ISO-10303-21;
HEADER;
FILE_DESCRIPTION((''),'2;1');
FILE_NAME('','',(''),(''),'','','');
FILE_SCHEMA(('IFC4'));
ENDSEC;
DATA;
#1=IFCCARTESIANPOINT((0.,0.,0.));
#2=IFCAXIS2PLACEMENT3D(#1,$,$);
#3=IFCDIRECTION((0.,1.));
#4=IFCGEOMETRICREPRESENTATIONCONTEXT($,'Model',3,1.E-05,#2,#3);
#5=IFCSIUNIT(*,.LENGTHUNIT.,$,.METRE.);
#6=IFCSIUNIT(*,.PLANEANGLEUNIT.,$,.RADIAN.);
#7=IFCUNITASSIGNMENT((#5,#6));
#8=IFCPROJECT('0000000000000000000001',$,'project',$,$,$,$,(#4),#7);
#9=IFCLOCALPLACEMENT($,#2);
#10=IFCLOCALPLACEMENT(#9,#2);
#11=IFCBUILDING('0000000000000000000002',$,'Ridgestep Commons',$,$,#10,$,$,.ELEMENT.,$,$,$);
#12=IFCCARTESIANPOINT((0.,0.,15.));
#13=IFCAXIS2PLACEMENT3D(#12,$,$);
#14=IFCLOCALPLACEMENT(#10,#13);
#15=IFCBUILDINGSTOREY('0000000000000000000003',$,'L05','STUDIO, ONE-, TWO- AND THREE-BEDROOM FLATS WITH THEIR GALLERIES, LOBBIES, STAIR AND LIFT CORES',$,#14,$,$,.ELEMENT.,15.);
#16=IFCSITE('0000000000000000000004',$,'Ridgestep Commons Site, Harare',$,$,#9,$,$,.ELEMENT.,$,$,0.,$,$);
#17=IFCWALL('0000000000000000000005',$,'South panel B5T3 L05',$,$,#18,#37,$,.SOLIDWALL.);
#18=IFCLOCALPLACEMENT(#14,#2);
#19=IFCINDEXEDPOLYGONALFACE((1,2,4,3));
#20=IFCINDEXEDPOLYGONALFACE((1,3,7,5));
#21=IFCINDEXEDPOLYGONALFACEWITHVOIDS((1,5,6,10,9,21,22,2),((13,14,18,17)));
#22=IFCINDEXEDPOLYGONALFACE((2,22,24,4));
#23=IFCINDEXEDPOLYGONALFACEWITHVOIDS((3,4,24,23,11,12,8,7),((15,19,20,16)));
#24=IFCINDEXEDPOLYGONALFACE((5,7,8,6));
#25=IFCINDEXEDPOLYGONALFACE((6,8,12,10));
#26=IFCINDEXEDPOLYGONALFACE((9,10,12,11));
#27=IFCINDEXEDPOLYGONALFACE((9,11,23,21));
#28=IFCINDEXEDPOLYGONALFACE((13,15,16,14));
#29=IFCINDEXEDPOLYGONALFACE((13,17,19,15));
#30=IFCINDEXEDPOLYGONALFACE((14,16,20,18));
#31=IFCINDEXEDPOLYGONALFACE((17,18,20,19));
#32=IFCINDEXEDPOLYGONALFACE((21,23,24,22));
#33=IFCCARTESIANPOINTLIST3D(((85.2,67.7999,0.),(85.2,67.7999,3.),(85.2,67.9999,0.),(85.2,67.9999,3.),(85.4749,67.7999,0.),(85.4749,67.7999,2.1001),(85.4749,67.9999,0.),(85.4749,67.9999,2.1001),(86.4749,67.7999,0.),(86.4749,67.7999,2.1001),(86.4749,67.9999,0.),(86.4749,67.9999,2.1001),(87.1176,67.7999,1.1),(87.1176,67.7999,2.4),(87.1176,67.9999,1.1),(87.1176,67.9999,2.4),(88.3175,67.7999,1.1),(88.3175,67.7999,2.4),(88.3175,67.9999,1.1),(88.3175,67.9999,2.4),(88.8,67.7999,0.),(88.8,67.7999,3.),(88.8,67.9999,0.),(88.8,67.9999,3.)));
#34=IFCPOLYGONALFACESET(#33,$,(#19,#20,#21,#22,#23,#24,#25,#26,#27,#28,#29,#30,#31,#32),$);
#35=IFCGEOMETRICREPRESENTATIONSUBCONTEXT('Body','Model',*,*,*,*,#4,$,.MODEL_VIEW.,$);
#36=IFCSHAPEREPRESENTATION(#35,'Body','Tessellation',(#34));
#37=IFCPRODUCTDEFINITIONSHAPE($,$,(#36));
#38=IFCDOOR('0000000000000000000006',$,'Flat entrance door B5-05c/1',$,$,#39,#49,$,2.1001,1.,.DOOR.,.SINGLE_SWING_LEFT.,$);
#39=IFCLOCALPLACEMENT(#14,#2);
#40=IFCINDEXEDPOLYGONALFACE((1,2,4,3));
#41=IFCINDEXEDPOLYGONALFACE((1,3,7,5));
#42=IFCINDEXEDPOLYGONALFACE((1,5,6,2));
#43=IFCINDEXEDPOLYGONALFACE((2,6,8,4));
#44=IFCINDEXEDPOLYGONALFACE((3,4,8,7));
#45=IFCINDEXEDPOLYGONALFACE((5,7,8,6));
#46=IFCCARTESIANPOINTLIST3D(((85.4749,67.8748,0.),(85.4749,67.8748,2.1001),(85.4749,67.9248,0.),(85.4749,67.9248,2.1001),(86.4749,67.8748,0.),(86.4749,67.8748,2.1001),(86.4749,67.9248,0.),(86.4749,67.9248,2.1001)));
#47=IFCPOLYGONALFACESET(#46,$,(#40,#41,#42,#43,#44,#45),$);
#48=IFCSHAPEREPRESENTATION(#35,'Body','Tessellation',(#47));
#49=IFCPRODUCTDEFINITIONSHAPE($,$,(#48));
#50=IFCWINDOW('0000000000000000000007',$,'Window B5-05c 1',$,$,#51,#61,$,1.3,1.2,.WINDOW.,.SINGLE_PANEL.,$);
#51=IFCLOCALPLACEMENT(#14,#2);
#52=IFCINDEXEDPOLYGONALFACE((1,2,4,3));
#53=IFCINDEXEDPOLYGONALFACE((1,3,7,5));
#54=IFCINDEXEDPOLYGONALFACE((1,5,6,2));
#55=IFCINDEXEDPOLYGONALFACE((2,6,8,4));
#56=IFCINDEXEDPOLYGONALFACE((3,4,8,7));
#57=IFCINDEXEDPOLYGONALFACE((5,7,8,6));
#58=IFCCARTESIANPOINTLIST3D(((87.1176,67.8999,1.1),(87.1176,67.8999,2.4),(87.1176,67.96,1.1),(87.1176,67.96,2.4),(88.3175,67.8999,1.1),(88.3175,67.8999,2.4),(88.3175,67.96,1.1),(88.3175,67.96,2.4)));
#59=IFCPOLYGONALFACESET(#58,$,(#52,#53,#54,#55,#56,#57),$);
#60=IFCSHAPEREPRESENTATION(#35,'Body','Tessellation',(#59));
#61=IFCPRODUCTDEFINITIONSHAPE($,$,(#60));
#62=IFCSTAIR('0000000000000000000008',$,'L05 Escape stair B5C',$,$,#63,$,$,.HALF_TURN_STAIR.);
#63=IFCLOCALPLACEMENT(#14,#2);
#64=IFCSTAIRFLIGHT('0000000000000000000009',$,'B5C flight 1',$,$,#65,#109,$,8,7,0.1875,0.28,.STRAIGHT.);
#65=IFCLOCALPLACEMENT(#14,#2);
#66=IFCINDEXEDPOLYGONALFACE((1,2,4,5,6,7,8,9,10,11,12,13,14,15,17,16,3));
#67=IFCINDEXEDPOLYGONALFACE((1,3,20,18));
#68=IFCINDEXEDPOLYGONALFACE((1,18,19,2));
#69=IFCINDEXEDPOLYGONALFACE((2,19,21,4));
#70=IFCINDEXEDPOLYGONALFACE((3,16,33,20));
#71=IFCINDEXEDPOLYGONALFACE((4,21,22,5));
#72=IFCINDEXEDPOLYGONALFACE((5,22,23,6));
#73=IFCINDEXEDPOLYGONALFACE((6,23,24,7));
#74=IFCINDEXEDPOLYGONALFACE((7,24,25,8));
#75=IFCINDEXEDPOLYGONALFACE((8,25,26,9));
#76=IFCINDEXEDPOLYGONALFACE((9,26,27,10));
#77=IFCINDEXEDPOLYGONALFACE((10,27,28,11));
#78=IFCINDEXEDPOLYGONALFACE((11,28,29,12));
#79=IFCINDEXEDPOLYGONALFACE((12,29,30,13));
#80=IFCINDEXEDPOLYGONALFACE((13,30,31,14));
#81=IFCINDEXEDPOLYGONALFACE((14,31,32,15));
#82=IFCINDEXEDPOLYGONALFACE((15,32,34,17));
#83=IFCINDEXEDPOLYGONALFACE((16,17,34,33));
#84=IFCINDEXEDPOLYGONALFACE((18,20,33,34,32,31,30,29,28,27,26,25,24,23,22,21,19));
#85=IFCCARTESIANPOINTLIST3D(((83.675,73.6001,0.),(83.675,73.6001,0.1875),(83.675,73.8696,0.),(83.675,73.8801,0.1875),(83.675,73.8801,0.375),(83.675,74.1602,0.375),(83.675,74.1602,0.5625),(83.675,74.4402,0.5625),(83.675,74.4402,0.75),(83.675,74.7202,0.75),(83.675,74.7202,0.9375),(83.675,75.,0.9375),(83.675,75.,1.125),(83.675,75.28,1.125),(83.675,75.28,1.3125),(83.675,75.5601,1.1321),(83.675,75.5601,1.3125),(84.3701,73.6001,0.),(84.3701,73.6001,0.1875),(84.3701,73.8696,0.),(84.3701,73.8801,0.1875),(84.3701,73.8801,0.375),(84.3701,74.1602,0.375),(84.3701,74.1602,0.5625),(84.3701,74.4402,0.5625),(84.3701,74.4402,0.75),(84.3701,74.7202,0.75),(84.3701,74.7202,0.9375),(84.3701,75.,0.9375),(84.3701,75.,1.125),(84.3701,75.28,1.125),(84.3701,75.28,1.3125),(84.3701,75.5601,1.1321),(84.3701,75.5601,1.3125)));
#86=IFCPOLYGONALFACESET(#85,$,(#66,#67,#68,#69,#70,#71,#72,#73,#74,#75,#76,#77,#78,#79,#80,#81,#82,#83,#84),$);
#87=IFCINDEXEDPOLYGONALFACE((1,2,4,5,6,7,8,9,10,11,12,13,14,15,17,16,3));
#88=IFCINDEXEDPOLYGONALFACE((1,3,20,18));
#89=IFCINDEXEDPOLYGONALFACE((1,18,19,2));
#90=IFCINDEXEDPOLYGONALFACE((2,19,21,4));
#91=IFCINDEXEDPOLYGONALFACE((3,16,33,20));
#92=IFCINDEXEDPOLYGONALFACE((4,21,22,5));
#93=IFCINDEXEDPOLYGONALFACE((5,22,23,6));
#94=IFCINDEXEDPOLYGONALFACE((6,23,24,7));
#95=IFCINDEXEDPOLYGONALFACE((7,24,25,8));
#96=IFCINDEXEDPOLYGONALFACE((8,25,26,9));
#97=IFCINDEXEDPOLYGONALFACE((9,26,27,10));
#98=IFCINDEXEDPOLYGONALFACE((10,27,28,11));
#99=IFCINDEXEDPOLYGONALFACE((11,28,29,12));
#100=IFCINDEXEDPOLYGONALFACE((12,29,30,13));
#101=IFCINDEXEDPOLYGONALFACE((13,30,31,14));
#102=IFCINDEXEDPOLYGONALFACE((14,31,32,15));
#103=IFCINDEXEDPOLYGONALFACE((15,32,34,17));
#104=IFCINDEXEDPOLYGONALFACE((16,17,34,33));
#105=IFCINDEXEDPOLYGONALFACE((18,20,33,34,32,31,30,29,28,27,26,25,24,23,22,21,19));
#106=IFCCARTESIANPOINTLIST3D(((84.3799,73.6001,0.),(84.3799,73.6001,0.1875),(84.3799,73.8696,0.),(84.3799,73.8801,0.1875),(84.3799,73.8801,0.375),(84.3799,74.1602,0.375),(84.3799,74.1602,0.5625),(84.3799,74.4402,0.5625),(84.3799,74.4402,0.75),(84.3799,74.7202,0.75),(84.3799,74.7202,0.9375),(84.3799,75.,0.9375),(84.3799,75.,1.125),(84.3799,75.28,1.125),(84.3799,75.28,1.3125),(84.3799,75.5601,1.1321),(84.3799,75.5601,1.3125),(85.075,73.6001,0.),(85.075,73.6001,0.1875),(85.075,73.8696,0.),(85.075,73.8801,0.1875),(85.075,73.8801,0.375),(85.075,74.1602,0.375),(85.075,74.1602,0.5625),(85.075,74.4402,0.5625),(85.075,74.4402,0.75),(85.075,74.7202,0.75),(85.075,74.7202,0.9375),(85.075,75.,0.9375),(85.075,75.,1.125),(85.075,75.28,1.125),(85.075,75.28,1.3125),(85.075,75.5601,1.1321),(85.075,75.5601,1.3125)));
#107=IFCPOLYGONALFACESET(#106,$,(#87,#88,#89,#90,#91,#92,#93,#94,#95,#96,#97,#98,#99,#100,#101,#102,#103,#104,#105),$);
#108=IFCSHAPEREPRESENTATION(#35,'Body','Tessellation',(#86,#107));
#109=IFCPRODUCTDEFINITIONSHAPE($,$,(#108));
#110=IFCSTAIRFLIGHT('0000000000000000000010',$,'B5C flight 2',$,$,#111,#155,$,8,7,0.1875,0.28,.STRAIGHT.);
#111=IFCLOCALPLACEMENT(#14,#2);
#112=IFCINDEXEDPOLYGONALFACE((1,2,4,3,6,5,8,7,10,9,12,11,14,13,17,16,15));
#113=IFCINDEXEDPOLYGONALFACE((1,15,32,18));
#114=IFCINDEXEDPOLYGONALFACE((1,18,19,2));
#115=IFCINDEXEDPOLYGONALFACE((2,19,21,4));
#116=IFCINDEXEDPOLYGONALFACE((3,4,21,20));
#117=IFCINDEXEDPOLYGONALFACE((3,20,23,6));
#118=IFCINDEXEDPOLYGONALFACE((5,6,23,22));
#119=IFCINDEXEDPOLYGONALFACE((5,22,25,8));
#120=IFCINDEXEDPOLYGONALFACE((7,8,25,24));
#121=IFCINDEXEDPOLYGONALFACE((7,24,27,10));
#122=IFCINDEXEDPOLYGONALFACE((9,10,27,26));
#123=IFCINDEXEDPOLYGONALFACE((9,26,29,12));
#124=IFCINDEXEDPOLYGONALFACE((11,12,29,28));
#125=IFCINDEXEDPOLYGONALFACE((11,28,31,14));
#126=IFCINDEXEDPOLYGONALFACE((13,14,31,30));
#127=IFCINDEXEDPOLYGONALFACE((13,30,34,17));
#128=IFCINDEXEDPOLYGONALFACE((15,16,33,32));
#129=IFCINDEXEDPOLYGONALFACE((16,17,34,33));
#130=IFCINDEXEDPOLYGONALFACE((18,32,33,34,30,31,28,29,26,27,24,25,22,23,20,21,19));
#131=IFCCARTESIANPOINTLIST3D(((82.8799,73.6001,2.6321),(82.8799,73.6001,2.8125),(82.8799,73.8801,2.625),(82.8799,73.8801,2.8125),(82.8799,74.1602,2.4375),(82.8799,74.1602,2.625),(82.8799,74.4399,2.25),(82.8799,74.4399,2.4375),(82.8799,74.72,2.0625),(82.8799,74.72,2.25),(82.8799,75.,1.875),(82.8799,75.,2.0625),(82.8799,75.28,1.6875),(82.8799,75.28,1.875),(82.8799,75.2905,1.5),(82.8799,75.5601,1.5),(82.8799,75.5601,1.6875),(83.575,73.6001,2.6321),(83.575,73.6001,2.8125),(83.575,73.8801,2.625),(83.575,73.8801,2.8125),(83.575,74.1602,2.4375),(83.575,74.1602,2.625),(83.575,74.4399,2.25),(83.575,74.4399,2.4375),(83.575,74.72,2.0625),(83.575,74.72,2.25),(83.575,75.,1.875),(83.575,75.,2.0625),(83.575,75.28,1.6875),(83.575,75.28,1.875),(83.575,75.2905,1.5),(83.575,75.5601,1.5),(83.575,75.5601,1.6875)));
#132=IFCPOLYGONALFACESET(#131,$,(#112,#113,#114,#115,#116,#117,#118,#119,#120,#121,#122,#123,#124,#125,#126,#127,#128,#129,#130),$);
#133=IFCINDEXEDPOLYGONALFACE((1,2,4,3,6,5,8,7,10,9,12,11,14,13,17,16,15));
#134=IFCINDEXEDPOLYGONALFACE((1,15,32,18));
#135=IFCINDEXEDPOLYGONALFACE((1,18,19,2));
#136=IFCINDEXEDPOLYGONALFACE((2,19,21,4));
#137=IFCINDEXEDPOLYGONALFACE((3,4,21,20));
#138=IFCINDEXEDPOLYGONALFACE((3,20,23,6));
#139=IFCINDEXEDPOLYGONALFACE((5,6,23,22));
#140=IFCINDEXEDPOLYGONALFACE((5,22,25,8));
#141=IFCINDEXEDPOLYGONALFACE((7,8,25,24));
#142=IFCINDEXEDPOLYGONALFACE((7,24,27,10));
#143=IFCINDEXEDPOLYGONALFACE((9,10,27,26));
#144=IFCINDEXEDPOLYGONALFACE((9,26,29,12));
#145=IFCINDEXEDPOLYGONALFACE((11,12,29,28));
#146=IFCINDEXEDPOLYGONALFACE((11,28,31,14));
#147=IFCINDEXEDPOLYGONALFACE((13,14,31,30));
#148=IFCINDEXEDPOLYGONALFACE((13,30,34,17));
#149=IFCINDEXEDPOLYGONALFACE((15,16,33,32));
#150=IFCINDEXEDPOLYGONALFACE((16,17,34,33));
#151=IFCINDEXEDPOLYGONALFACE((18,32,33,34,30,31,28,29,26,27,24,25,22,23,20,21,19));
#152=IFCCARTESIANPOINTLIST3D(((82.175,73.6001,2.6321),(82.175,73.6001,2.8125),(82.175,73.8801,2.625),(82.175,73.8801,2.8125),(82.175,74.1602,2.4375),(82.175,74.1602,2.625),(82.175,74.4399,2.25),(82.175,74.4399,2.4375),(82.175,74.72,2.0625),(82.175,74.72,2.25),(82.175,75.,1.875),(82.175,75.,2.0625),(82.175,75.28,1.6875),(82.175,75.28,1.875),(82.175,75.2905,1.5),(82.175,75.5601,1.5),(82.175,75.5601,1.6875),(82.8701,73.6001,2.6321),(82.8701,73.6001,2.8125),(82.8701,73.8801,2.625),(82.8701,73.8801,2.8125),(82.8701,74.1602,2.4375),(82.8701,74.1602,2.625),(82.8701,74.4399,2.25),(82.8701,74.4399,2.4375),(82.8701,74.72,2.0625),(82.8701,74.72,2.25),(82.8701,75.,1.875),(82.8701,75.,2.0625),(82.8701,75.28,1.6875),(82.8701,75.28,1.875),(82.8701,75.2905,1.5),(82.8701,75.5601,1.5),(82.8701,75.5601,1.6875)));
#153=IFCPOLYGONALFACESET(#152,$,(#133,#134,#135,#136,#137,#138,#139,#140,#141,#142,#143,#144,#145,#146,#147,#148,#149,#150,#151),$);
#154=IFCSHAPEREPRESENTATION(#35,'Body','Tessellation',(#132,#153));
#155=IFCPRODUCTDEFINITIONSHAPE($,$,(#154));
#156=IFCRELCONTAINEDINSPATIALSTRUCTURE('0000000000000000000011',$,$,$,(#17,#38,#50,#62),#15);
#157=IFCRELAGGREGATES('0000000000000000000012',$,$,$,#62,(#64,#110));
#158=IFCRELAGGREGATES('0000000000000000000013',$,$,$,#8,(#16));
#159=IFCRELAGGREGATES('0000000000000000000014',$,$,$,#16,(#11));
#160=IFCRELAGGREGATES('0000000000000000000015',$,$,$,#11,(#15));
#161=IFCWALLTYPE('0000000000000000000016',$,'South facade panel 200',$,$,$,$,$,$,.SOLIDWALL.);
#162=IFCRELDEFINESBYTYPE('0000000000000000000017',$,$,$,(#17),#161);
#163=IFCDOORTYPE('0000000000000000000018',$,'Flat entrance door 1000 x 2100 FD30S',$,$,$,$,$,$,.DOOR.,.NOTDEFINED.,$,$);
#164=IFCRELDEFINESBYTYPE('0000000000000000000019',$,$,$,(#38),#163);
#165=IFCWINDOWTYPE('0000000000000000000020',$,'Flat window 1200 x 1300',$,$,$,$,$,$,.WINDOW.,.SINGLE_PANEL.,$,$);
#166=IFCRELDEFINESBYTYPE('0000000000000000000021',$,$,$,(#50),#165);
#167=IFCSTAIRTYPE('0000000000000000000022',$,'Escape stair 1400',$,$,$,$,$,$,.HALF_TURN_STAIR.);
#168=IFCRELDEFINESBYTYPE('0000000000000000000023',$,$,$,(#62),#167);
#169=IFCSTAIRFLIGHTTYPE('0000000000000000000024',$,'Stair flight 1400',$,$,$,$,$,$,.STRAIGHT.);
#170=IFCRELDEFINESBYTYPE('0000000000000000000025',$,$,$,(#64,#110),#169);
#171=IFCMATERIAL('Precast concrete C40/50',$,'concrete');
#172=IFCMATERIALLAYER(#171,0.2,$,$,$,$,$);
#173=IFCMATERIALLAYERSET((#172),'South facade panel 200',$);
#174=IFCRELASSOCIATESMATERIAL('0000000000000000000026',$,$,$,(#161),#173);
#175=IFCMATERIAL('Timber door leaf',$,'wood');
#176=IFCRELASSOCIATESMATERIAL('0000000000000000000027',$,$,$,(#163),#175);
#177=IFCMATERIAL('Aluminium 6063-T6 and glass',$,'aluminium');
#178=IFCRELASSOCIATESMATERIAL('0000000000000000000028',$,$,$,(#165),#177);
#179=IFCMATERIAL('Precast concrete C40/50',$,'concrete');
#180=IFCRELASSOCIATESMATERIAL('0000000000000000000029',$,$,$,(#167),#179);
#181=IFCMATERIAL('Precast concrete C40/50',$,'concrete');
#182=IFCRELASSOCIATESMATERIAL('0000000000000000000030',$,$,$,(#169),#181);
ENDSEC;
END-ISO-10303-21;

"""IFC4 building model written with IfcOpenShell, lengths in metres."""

from ifc_helpers import new_model, si_unit, direction, frame, frame_2d, origin, place, context, subcontext, project, spatial, polyline, rectangle, outline, extrude, material, layer, layer_set, type_object, element, fill, aggregate, save


model = new_model("IFC4")

# Units and contexts
model_context = context("Model", 3, precision=1e-05, world=origin(), true_north=direction((0.0, 1.0)))
body_context = subcontext(model_context, "Body", "Model", "MODEL_VIEW")
ifc_project = project(units=[si_unit("LENGTHUNIT", "METRE"), si_unit("PLANEANGLEUNIT", "RADIAN")], contexts=[model_context])

# Site, building, storey
site_placement = place(None, origin())
site = spatial("IfcSite", under=ifc_project, at=site_placement, Name="Ridgestep Commons Site, Harare", CompositionType="ELEMENT", RefElevation=0.0)
building_placement = place(site_placement, origin())
building = spatial("IfcBuilding", under=site, at=building_placement, Name="Ridgestep Commons", CompositionType="ELEMENT")
storey_placement = place(building_placement, frame((0.0, 0.0, 15.0)))
storey = spatial("IfcBuildingStorey", under=building, at=storey_placement, Name="L05", Description="STUDIO, ONE-, TWO- AND THREE-BEDROOM FLATS WITH THEIR GALLERIES, LOBBIES, STAIR AND LIFT CORES", CompositionType="ELEMENT", Elevation=15.0)

# Wall, openings, door, window
ifc_material_1 = material(Name="Precast concrete C40/50", Category="concrete")
ifc_layer_1 = layer(ifc_material_1, 0.2)
ifc_layer_set_1 = layer_set([ifc_layer_1], Name="South facade panel 200")
wall_type_1 = type_object("IfcWallType", Name="South facade panel 200", PredefinedType="SOLIDWALL", material=ifc_layer_set_1)
wall_1_placement = place(storey_placement, frame((85.2, 67.8999, 0.0), z_axis=(0.0, 0.0, 1.0), x_axis=(1.0, 0.0, 0.0)))
wall_1 = element("IfcWall", 1, at=wall_1_placement, inside=storey, type_object=wall_type_1, Name="South panel B5T3 L05", PredefinedType="SOLIDWALL", context=body_context, shape_type="SweptSolid", body=[
    extrude(rectangle(XDim=3.6001, YDim=0.2, at=frame_2d((1.8, 0.0))), origin(), (0.0, 0.0, 1.0), 3.0),
])
opening_1_placement = place(wall_1_placement, frame((1.9175, 0.0, 1.1001)))
opening_1 = element("IfcOpeningElement", 2, at=opening_1_placement, cuts=wall_1, PredefinedType="OPENING", context=body_context, shape_type="SweptSolid", body=[
    extrude(rectangle(XDim=1.2, YDim=1.3, at=frame_2d((0.6001, 0.6499))), frame((0.0, 0.1099, 0.0), z_axis=(0.0, -1.0, 0.0), x_axis=(1.0, 0.0, 0.0)), (0.0, 0.0, 1.0), 0.22),
])
opening_2_placement = place(wall_1_placement, frame((0.2749, 0.0, 0.0)))
opening_2 = element("IfcOpeningElement", 3, at=opening_2_placement, cuts=wall_1, PredefinedType="OPENING", context=body_context, shape_type="SweptSolid", body=[
    extrude(rectangle(XDim=1.0, YDim=2.1001, at=frame_2d((0.5, 1.05))), frame((0.0, 0.1099, 0.0), z_axis=(0.0, -1.0, 0.0), x_axis=(1.0, 0.0, 0.0)), (0.0, 0.0, 1.0), 0.22),
])
ifc_material_2 = material(Name="Timber door leaf", Category="wood")
door_type_1 = type_object("IfcDoorType", Name="Flat entrance door 1000 x 2100 FD30S", OperationType="NOTDEFINED", PredefinedType="DOOR", material=ifc_material_2)
door_1_placement = place(opening_2_placement, origin())
door_1 = element("IfcDoor", 4, at=door_1_placement, inside=storey, type_object=door_type_1, Name="Flat entrance door B5-05c/1", OperationType="SINGLE_SWING_LEFT", OverallHeight=2.1001, OverallWidth=1.0, PredefinedType="DOOR", context=body_context, shape_type="SweptSolid", body=[
    extrude(rectangle(XDim=1.0, YDim=2.1001, at=frame_2d((0.5, 1.05))), frame((0.0, 0.0249, 0.0), z_axis=(0.0, -1.0, 0.0), x_axis=(1.0, 0.0, 0.0)), (0.0, 0.0, 1.0), 0.05),
])
fill(opening_2, door_1)
ifc_material_3 = material(Name="Aluminium 6063-T6 and glass", Category="aluminium")
window_type = type_object("IfcWindowType", Name="Flat window 1200 x 1300", PartitioningType="SINGLE_PANEL", PredefinedType="WINDOW", material=ifc_material_3)
window_placement = place(opening_1_placement, origin())
window = element("IfcWindow", 5, at=window_placement, inside=storey, type_object=window_type, Name="Window B5-05c 1", OverallHeight=1.3, OverallWidth=1.2, PartitioningType="SINGLE_PANEL", PredefinedType="WINDOW", context=body_context, shape_type="SweptSolid", body=[
    extrude(rectangle(XDim=1.2, YDim=1.3, at=frame_2d((0.6001, 0.6499))), frame((0.0, 0.0601, 0.0), z_axis=(0.0, -1.0, 0.0), x_axis=(1.0, 0.0, 0.0)), (0.0, 0.0, 1.0), 0.0601),
])
fill(opening_1, window)

# Stair, stair flights
ifc_material_4 = material(Name="Precast concrete C40/50", Category="concrete")
stair_type = type_object("IfcStairType", Name="Escape stair 1400", PredefinedType="HALF_TURN_STAIR", material=ifc_material_4)
stair_placement = place(storey_placement, origin())
stair = element("IfcStair", 6, at=stair_placement, inside=storey, type_object=stair_type, Name="L05 Escape stair B5C", PredefinedType="HALF_TURN_STAIR")
ifc_material_5 = material(Name="Precast concrete C40/50", Category="concrete")
stair_flight_type = type_object("IfcStairFlightType", Name="Stair flight 1400", PredefinedType="STRAIGHT", material=ifc_material_5)
stair_flight_1_placement = place(storey_placement, frame((84.375, 73.6001, 0.0), z_axis=(0.0, 0.0, 1.0), x_axis=(0.0, 1.0, 0.0)))
stair_flight_1 = element("IfcStairFlight", 7, at=stair_flight_1_placement, type_object=stair_flight_type, Name="B5C flight 1", NumberOfRisers=8, NumberOfTreads=7, PredefinedType="STRAIGHT", RiserHeight=0.1875, TreadLength=0.28, context=body_context, shape_type="SweptSolid", body=[
    extrude(outline(polyline([(0.0, 0.0), (0.0, 0.1875), (0.28, 0.1875), (0.28, 0.375), (0.5601, 0.375), (0.5601, 0.5625), (0.8401, 0.5625), (0.8401, 0.75), (1.1201, 0.75), (1.1201, 0.9375), (1.3999, 0.9375), (1.3999, 1.125), (1.6799, 1.125), (1.6799, 1.3125), (1.96, 1.3125), (1.96, 1.5), (1.96, 1.1321), (0.2695, 0.0), (0.0, 0.0)])), frame((0.0, 0.7, 0.0), z_axis=(0.0, -1.0, 0.0), x_axis=(1.0, 0.0, 0.0)), (0.0, 0.0, 1.0), 0.6951),
    extrude(outline(polyline([(0.0, 0.0), (0.0, 0.1875), (0.28, 0.1875), (0.28, 0.375), (0.5601, 0.375), (0.5601, 0.5625), (0.8401, 0.5625), (0.8401, 0.75), (1.1201, 0.75), (1.1201, 0.9375), (1.3999, 0.9375), (1.3999, 1.125), (1.6799, 1.125), (1.6799, 1.3125), (1.96, 1.3125), (1.96, 1.5), (1.96, 1.1321), (0.2695, 0.0), (0.0, 0.0)])), frame((0.0, -0.0049, 0.0), z_axis=(0.0, -1.0, 0.0), x_axis=(1.0, 0.0, 0.0)), (0.0, 0.0, 1.0), 0.6951),
])
stair_flight_2_placement = place(storey_placement, frame((82.875, 75.5601, 1.5), z_axis=(0.0, 0.0, 1.0), x_axis=(0.0, -1.0, 0.0)))
stair_flight_2 = element("IfcStairFlight", 8, at=stair_flight_2_placement, type_object=stair_flight_type, Name="B5C flight 2", NumberOfRisers=8, NumberOfTreads=7, PredefinedType="STRAIGHT", RiserHeight=0.1875, TreadLength=0.28, context=body_context, shape_type="SweptSolid", body=[
    extrude(outline(polyline([(0.0, 0.0), (0.0, 0.1875), (0.28, 0.1875), (0.28, 0.375), (0.5601, 0.375), (0.5601, 0.5625), (0.8401, 0.5625), (0.8401, 0.75), (1.1201, 0.75), (1.1201, 0.9375), (1.3999, 0.9375), (1.3999, 1.125), (1.6799, 1.125), (1.6799, 1.3125), (1.96, 1.3125), (1.96, 1.5), (1.96, 1.1321), (0.2695, 0.0), (0.0, 0.0)])), frame((0.0, 0.7, 0.0), z_axis=(0.0, -1.0, 0.0), x_axis=(1.0, 0.0, 0.0)), (0.0, 0.0, 1.0), 0.6951),
    extrude(outline(polyline([(0.0, 0.0), (0.0, 0.1875), (0.28, 0.1875), (0.28, 0.375), (0.5601, 0.375), (0.5601, 0.5625), (0.8401, 0.5625), (0.8401, 0.75), (1.1201, 0.75), (1.1201, 0.9375), (1.3999, 0.9375), (1.3999, 1.125), (1.6799, 1.125), (1.6799, 1.3125), (1.96, 1.3125), (1.96, 1.5), (1.96, 1.1321), (0.2695, 0.0), (0.0, 0.0)])), frame((0.0, -0.0049, 0.0), z_axis=(0.0, -1.0, 0.0), x_axis=(1.0, 0.0, 0.0)), (0.0, 0.0, 1.0), 0.6951),
])
aggregate(stair, [stair_flight_1, stair_flight_2])

save(model, "model.ifc")
